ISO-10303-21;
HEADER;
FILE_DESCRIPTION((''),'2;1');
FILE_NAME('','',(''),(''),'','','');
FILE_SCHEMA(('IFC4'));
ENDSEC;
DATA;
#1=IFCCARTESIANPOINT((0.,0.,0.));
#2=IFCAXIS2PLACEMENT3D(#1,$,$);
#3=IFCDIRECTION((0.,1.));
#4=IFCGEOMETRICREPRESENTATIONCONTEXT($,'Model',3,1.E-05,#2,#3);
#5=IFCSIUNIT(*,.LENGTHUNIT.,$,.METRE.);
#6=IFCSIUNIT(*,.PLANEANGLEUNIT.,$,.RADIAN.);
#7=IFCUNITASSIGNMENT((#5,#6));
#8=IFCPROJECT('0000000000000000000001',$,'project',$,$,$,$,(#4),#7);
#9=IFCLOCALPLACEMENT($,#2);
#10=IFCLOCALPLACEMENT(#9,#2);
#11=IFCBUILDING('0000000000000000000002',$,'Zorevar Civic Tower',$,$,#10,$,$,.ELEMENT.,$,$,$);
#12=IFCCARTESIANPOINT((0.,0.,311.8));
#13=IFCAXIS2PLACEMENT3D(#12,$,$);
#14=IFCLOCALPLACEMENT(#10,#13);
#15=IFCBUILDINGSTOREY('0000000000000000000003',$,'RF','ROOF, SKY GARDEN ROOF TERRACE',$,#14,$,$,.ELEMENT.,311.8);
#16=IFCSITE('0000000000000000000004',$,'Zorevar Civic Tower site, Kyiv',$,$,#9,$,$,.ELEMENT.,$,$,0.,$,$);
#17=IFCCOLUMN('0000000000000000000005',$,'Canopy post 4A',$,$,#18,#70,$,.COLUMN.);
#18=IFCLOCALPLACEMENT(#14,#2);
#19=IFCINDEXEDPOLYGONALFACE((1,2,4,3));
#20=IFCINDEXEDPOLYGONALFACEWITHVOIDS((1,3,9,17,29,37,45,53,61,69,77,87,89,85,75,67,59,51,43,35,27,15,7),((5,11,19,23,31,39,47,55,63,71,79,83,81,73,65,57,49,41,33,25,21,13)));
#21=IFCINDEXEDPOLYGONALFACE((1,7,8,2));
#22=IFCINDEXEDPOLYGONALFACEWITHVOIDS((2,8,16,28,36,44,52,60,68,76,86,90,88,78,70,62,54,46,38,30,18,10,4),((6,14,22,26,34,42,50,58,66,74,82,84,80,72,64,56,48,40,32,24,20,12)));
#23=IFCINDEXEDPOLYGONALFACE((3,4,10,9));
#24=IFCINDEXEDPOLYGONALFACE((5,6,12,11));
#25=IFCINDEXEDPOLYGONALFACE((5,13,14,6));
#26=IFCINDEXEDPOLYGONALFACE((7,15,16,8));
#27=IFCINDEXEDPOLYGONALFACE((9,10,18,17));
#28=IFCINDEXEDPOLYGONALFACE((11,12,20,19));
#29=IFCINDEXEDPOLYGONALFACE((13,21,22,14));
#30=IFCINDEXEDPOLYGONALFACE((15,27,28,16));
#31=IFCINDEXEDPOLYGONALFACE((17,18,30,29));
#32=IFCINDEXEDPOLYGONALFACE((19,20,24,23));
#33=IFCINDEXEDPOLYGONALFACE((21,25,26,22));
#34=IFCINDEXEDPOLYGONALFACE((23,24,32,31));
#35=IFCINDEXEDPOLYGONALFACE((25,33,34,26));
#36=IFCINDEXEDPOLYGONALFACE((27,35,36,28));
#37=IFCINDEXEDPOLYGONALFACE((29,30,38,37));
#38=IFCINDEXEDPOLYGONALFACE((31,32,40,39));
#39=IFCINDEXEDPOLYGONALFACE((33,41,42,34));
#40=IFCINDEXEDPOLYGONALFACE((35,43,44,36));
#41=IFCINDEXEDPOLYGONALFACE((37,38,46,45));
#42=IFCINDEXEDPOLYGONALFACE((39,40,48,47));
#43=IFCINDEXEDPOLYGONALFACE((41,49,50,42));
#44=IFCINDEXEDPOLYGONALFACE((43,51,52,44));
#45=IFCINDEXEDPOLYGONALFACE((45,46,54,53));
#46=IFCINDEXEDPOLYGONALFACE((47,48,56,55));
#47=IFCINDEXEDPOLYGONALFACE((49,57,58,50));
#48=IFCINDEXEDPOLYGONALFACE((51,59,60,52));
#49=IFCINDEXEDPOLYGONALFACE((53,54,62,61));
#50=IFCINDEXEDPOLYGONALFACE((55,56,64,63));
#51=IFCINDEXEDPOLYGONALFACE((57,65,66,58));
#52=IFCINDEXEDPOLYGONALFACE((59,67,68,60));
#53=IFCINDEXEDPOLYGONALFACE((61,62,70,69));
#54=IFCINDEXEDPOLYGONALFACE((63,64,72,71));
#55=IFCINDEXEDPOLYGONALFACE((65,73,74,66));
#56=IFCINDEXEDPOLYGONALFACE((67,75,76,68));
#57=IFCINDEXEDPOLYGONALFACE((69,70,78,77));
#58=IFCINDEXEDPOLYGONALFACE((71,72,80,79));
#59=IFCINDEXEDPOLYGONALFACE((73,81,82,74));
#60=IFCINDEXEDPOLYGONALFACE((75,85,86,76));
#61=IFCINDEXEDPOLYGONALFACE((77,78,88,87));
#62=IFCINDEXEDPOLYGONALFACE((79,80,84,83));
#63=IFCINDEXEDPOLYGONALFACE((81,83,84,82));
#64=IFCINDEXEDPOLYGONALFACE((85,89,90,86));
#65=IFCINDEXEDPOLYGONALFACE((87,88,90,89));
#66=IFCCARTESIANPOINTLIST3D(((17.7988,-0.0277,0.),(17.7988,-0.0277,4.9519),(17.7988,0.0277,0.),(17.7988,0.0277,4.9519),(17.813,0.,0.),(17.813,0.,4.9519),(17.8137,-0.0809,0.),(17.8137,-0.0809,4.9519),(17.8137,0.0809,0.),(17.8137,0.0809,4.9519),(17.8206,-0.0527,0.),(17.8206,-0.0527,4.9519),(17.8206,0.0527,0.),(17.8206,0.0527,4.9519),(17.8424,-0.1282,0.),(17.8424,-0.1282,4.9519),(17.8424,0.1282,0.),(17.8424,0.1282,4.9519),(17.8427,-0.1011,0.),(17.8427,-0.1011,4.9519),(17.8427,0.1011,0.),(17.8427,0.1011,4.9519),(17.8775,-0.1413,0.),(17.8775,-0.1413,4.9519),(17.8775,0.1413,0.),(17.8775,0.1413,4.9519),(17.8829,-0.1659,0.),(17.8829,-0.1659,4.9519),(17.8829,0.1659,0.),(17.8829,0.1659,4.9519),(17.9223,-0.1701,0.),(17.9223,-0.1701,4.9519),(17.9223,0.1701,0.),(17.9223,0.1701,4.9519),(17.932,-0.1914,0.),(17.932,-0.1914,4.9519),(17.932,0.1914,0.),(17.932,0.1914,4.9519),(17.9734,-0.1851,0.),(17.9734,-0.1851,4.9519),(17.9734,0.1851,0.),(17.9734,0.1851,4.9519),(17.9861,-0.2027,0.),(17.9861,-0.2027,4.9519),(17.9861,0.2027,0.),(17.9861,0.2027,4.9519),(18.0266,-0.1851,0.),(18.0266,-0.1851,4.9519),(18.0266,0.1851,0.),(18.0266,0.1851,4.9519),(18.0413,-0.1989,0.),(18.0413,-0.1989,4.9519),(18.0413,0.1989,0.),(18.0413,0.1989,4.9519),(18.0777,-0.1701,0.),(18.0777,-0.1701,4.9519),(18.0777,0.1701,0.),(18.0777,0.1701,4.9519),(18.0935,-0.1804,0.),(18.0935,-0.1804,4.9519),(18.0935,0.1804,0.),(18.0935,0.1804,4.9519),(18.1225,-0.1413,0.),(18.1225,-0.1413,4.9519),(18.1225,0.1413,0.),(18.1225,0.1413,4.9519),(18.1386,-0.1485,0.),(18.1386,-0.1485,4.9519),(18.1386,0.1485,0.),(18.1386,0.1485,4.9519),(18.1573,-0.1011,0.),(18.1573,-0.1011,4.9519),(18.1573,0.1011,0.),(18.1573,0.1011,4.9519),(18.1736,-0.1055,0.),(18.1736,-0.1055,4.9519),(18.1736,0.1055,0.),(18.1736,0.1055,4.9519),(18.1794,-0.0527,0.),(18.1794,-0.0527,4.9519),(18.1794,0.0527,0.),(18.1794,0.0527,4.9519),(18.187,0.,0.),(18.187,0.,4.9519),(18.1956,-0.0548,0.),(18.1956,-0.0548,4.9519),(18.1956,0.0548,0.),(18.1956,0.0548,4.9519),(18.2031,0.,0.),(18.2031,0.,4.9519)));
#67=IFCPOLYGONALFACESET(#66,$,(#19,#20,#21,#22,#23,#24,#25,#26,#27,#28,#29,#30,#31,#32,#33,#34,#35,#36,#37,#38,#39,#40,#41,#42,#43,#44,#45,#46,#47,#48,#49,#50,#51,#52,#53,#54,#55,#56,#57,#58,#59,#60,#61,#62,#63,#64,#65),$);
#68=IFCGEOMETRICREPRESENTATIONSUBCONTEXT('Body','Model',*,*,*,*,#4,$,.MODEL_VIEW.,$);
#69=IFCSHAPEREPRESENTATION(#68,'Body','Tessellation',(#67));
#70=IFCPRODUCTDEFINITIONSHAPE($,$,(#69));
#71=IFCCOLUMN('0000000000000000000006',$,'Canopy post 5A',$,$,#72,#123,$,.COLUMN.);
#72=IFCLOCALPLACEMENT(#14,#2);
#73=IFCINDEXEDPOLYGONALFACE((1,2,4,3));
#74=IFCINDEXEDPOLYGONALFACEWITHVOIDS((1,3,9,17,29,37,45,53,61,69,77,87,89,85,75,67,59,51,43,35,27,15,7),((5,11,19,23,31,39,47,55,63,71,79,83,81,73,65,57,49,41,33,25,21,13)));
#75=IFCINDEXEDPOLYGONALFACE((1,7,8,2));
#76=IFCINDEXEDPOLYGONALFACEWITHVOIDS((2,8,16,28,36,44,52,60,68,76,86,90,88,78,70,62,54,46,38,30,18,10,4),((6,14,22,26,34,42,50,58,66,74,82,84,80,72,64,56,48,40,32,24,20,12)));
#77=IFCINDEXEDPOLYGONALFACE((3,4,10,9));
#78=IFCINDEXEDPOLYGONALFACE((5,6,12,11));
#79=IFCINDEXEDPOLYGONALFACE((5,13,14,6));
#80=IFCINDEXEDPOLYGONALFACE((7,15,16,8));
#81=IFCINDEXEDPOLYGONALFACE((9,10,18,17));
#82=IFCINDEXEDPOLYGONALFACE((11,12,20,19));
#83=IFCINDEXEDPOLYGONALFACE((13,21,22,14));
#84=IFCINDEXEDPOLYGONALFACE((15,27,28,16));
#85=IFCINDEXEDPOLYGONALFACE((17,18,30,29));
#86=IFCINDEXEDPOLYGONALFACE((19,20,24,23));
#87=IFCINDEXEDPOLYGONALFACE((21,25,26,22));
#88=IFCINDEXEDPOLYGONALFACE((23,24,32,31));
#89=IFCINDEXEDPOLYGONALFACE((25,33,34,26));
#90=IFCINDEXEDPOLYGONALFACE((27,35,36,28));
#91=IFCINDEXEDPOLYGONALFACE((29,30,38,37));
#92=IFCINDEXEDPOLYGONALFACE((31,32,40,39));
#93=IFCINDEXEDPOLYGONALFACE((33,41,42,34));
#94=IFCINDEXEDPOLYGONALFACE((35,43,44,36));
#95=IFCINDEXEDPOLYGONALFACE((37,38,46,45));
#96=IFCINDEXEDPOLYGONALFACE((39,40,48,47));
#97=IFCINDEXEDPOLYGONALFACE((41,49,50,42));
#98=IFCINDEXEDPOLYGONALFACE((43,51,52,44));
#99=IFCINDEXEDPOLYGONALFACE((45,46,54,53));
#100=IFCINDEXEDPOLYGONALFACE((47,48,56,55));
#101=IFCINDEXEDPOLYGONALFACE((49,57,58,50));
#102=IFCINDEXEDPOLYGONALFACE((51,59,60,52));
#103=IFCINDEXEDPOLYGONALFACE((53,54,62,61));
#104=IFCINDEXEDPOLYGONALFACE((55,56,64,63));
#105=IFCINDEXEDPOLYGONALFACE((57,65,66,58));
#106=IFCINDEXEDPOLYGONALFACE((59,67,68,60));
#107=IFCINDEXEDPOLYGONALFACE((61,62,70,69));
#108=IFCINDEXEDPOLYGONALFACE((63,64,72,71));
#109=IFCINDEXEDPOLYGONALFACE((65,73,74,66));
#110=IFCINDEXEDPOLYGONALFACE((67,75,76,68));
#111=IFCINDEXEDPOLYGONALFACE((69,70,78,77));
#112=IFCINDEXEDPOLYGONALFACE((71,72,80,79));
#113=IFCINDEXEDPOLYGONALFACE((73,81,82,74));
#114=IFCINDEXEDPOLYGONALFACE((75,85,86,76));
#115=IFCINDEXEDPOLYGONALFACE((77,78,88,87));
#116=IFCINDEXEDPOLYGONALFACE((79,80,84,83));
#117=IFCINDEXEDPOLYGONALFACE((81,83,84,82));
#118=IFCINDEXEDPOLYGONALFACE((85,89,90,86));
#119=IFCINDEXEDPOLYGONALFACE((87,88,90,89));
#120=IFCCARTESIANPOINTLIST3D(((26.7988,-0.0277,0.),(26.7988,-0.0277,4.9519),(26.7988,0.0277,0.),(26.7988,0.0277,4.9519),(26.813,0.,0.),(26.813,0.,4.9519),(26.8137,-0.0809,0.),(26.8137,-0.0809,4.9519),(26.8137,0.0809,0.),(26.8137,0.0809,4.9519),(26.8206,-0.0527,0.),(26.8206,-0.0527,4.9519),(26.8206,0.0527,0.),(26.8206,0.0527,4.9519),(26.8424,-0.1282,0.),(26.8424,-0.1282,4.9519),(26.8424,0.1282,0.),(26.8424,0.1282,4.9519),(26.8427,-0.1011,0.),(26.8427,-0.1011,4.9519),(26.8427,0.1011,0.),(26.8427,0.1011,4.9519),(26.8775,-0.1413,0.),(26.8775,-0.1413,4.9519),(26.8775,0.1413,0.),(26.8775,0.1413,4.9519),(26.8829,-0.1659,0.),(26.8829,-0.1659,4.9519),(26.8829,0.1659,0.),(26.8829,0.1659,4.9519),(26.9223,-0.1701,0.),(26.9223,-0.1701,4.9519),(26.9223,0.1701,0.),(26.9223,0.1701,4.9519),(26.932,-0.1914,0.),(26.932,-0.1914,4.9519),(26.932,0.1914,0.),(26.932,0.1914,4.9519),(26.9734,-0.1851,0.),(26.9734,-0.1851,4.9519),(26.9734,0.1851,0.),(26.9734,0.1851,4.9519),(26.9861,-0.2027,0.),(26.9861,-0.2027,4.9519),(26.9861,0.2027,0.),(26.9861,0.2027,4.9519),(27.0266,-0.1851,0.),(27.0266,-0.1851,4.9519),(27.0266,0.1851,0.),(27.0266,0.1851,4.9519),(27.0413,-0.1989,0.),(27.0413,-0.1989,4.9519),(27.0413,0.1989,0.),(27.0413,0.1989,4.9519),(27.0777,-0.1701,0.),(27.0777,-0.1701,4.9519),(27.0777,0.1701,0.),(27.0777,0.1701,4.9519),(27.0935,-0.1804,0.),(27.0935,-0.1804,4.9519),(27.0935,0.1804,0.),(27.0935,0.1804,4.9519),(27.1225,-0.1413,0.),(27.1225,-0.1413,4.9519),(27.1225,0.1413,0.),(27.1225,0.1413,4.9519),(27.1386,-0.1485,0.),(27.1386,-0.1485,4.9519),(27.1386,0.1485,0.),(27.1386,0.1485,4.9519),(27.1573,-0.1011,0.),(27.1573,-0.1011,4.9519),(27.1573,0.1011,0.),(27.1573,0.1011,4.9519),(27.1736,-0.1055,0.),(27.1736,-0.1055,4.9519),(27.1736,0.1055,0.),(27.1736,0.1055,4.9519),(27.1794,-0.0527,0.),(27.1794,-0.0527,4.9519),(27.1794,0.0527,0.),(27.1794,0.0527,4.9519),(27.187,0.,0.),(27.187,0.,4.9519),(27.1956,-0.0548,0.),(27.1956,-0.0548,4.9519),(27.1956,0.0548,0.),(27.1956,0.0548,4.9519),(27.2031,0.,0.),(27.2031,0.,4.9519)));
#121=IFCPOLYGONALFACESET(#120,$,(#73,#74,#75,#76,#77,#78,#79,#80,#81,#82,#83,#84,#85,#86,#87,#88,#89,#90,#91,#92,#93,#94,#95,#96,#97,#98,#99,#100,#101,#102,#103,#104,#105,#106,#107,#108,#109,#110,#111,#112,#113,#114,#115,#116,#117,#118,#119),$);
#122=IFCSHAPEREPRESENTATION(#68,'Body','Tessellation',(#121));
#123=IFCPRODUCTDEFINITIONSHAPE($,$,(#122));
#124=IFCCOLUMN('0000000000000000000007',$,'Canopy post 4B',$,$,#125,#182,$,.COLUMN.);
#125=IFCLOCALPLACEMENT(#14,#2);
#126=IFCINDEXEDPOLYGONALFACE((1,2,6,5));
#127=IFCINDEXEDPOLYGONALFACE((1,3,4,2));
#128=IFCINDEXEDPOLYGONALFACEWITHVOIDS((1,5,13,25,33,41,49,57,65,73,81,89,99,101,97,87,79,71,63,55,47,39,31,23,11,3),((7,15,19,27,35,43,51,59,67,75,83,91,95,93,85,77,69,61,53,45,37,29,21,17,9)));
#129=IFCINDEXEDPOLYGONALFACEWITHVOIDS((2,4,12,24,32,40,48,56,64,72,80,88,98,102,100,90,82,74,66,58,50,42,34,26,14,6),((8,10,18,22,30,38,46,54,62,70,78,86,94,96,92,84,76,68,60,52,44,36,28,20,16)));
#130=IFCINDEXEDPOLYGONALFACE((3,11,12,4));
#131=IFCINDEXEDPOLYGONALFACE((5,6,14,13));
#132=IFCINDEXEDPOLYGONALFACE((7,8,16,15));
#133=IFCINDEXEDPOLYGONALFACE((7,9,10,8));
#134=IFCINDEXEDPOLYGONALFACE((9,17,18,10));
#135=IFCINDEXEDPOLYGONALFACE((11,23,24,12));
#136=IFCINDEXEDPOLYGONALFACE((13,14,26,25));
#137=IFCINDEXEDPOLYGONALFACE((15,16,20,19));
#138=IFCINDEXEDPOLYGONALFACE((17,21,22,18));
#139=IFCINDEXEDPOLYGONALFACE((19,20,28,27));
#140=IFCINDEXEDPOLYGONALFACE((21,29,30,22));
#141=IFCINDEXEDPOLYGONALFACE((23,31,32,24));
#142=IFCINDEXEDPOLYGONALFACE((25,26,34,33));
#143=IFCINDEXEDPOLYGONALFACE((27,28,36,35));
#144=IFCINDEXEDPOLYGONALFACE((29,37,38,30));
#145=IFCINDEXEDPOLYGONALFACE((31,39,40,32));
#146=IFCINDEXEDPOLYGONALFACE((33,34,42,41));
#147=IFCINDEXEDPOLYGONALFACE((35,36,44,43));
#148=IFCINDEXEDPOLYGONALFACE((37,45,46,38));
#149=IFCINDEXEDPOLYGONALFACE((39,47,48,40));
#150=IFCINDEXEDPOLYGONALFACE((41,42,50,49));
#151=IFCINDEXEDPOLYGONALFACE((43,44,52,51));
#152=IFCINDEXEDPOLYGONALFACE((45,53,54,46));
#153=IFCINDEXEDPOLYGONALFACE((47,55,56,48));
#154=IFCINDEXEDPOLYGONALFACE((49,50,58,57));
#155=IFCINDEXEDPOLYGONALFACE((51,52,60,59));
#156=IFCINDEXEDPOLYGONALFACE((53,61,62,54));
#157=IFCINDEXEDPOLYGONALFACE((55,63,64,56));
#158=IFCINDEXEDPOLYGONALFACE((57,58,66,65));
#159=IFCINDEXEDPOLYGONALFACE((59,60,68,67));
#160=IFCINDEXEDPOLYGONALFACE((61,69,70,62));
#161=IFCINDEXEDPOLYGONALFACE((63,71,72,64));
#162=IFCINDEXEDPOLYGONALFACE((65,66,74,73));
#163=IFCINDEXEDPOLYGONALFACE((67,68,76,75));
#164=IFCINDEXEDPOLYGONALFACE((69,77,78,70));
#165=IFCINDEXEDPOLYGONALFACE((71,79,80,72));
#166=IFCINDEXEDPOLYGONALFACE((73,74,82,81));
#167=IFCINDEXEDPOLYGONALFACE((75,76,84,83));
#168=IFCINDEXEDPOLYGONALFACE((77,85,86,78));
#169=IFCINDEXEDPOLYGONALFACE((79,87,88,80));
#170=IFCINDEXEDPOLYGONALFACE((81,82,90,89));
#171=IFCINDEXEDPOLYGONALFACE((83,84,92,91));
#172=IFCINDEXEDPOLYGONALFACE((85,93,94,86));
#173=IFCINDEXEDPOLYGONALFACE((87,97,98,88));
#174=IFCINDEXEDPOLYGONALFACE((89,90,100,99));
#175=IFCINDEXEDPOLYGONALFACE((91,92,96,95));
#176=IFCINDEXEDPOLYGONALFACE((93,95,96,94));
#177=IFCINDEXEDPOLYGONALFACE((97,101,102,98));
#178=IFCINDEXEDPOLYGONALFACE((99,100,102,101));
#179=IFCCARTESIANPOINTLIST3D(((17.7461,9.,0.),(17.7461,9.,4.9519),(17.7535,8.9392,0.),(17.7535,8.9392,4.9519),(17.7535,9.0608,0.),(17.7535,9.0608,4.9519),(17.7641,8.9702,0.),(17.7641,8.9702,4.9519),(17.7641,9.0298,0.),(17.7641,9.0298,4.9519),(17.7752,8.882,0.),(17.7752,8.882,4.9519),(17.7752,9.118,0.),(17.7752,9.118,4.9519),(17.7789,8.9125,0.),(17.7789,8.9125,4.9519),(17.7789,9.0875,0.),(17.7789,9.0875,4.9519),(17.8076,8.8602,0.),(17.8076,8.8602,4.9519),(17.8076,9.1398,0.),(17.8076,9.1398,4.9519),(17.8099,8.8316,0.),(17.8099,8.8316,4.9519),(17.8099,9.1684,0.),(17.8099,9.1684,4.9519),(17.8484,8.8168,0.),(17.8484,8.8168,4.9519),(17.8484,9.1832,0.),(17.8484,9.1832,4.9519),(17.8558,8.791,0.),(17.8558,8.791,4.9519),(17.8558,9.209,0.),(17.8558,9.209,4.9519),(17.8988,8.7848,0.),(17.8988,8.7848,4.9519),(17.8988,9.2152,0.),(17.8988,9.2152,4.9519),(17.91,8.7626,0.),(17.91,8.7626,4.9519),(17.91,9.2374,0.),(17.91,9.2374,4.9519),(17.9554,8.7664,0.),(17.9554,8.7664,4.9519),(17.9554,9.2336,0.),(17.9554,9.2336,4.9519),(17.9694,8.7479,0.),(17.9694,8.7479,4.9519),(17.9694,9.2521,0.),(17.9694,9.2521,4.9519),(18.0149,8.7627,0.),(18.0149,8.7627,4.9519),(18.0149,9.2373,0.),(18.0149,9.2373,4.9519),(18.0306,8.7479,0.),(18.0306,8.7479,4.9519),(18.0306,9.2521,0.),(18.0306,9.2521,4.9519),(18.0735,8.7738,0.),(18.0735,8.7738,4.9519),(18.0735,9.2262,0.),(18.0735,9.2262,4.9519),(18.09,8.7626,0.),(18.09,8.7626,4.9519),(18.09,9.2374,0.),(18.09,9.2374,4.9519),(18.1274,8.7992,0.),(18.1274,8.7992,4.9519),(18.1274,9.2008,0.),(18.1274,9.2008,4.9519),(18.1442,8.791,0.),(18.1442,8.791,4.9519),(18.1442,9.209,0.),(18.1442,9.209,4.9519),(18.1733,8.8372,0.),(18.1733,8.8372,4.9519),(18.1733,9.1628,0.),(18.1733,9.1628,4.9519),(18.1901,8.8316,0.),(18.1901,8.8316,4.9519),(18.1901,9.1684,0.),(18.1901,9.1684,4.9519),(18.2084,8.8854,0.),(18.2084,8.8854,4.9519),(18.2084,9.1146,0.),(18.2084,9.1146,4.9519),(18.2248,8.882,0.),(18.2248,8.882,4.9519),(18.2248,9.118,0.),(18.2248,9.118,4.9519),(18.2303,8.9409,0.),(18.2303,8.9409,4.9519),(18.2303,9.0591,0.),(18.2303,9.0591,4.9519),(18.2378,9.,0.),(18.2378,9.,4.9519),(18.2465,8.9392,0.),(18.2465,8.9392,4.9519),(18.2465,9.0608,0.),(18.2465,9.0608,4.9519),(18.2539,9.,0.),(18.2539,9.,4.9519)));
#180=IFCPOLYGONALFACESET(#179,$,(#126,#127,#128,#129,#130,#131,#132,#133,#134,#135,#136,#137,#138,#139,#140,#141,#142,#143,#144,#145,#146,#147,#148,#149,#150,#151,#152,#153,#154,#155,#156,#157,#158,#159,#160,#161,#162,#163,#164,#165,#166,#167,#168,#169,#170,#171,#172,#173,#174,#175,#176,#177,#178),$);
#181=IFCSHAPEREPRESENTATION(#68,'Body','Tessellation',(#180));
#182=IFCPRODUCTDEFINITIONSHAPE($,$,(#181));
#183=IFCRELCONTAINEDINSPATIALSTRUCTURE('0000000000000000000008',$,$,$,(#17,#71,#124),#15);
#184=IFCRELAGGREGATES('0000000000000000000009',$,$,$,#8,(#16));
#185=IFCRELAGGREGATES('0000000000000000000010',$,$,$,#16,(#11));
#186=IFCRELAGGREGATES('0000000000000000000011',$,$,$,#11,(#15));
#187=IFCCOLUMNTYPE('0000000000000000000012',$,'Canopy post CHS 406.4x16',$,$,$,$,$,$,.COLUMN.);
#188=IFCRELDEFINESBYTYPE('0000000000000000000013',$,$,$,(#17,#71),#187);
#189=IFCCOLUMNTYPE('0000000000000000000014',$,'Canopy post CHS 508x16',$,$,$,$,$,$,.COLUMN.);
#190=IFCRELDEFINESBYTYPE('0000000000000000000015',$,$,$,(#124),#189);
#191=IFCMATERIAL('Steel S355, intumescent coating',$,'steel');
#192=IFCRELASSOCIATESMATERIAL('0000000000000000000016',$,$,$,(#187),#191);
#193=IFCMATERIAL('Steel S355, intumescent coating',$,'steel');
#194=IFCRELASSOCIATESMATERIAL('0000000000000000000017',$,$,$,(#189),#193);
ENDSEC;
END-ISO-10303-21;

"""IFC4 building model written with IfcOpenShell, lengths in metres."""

from ifc_helpers import new_model, si_unit, direction, frame, origin, origin_2d, place, context, subcontext, project, spatial, hollow_circle, extrude, material, material_profile, profile_set, type_object, element, save


model = new_model("IFC4")

# Units and contexts
model_context = context("Model", 3, precision=1e-05, world=origin(), true_north=direction((0.0, 1.0)))
body_context = subcontext(model_context, "Body", "Model", "MODEL_VIEW")
ifc_project = project(units=[si_unit("LENGTHUNIT", "METRE"), si_unit("PLANEANGLEUNIT", "RADIAN")], contexts=[model_context])

# Site, building, storey
site_placement = place(None, origin())
site = spatial("IfcSite", under=ifc_project, at=site_placement, Name="Zorevar Civic Tower site, Kyiv", CompositionType="ELEMENT", RefElevation=0.0)
building_placement = place(site_placement, origin())
building = spatial("IfcBuilding", under=site, at=building_placement, Name="Zorevar Civic Tower", CompositionType="ELEMENT")
storey_placement = place(building_placement, frame((0.0, 0.0, 311.8)))
storey = spatial("IfcBuildingStorey", under=building, at=storey_placement, Name="RF", Description="ROOF, SKY GARDEN ROOF TERRACE", CompositionType="ELEMENT", Elevation=311.8)

# Columns
ifc_material_1 = material(Name="Steel S355, intumescent coating", Category="steel")
ifc_material_profile_1 = material_profile(ifc_material_1, hollow_circle(Radius=0.2031, WallThickness=0.0161, at=origin_2d()), Name="CHS 406.4x16")
ifc_profile_set_1 = profile_set([ifc_material_profile_1], Name="Steel S355, intumescent coating")
column_type_1 = type_object("IfcColumnType", Name="Canopy post CHS 406.4x16", PredefinedType="COLUMN", material=ifc_profile_set_1)
for number, where, z_axis, x_axis, name in (
    (1, (18.0, 0.0, 0.0), (0.0, 0.0, 1.0), (1.0, 0.0, 0.0), "Canopy post 4A"),
    (2, (27.0, 0.0, 0.0), (0.0, 0.0, 1.0), (1.0, 0.0, 0.0), "Canopy post 5A"),
):
    element("IfcColumn", number, at=place(storey_placement, frame(where, z_axis=z_axis, x_axis=x_axis)), inside=storey, type_object=column_type_1, Name=name, PredefinedType="COLUMN", context=body_context, shape_type="SweptSolid", body=[
        extrude(hollow_circle(Radius=0.2031, WallThickness=0.0161, at=origin_2d()), origin(), (0.0, 0.0, 1.0), 4.9519),
    ])
ifc_material_2 = material(Name="Steel S355, intumescent coating", Category="steel")
ifc_material_profile_2 = material_profile(ifc_material_2, hollow_circle(Radius=0.2539, WallThickness=0.0161, at=origin_2d()), Name="CHS 508x16")
ifc_profile_set_2 = profile_set([ifc_material_profile_2], Name="Steel S355, intumescent coating")
column_type_2 = type_object("IfcColumnType", Name="Canopy post CHS 508x16", PredefinedType="COLUMN", material=ifc_profile_set_2)
for number, where, z_axis, x_axis, name in (
    (3, (18.0, 9.0, 0.0), (0.0, 0.0, 1.0), (1.0, 0.0, 0.0), "Canopy post 4B"),
):
    element("IfcColumn", number, at=place(storey_placement, frame(where, z_axis=z_axis, x_axis=x_axis)), inside=storey, type_object=column_type_2, Name=name, PredefinedType="COLUMN", context=body_context, shape_type="SweptSolid", body=[
        extrude(hollow_circle(Radius=0.2539, WallThickness=0.0161, at=origin_2d()), origin(), (0.0, 0.0, 1.0), 4.9519),
    ])

save(model, "model.ifc")
